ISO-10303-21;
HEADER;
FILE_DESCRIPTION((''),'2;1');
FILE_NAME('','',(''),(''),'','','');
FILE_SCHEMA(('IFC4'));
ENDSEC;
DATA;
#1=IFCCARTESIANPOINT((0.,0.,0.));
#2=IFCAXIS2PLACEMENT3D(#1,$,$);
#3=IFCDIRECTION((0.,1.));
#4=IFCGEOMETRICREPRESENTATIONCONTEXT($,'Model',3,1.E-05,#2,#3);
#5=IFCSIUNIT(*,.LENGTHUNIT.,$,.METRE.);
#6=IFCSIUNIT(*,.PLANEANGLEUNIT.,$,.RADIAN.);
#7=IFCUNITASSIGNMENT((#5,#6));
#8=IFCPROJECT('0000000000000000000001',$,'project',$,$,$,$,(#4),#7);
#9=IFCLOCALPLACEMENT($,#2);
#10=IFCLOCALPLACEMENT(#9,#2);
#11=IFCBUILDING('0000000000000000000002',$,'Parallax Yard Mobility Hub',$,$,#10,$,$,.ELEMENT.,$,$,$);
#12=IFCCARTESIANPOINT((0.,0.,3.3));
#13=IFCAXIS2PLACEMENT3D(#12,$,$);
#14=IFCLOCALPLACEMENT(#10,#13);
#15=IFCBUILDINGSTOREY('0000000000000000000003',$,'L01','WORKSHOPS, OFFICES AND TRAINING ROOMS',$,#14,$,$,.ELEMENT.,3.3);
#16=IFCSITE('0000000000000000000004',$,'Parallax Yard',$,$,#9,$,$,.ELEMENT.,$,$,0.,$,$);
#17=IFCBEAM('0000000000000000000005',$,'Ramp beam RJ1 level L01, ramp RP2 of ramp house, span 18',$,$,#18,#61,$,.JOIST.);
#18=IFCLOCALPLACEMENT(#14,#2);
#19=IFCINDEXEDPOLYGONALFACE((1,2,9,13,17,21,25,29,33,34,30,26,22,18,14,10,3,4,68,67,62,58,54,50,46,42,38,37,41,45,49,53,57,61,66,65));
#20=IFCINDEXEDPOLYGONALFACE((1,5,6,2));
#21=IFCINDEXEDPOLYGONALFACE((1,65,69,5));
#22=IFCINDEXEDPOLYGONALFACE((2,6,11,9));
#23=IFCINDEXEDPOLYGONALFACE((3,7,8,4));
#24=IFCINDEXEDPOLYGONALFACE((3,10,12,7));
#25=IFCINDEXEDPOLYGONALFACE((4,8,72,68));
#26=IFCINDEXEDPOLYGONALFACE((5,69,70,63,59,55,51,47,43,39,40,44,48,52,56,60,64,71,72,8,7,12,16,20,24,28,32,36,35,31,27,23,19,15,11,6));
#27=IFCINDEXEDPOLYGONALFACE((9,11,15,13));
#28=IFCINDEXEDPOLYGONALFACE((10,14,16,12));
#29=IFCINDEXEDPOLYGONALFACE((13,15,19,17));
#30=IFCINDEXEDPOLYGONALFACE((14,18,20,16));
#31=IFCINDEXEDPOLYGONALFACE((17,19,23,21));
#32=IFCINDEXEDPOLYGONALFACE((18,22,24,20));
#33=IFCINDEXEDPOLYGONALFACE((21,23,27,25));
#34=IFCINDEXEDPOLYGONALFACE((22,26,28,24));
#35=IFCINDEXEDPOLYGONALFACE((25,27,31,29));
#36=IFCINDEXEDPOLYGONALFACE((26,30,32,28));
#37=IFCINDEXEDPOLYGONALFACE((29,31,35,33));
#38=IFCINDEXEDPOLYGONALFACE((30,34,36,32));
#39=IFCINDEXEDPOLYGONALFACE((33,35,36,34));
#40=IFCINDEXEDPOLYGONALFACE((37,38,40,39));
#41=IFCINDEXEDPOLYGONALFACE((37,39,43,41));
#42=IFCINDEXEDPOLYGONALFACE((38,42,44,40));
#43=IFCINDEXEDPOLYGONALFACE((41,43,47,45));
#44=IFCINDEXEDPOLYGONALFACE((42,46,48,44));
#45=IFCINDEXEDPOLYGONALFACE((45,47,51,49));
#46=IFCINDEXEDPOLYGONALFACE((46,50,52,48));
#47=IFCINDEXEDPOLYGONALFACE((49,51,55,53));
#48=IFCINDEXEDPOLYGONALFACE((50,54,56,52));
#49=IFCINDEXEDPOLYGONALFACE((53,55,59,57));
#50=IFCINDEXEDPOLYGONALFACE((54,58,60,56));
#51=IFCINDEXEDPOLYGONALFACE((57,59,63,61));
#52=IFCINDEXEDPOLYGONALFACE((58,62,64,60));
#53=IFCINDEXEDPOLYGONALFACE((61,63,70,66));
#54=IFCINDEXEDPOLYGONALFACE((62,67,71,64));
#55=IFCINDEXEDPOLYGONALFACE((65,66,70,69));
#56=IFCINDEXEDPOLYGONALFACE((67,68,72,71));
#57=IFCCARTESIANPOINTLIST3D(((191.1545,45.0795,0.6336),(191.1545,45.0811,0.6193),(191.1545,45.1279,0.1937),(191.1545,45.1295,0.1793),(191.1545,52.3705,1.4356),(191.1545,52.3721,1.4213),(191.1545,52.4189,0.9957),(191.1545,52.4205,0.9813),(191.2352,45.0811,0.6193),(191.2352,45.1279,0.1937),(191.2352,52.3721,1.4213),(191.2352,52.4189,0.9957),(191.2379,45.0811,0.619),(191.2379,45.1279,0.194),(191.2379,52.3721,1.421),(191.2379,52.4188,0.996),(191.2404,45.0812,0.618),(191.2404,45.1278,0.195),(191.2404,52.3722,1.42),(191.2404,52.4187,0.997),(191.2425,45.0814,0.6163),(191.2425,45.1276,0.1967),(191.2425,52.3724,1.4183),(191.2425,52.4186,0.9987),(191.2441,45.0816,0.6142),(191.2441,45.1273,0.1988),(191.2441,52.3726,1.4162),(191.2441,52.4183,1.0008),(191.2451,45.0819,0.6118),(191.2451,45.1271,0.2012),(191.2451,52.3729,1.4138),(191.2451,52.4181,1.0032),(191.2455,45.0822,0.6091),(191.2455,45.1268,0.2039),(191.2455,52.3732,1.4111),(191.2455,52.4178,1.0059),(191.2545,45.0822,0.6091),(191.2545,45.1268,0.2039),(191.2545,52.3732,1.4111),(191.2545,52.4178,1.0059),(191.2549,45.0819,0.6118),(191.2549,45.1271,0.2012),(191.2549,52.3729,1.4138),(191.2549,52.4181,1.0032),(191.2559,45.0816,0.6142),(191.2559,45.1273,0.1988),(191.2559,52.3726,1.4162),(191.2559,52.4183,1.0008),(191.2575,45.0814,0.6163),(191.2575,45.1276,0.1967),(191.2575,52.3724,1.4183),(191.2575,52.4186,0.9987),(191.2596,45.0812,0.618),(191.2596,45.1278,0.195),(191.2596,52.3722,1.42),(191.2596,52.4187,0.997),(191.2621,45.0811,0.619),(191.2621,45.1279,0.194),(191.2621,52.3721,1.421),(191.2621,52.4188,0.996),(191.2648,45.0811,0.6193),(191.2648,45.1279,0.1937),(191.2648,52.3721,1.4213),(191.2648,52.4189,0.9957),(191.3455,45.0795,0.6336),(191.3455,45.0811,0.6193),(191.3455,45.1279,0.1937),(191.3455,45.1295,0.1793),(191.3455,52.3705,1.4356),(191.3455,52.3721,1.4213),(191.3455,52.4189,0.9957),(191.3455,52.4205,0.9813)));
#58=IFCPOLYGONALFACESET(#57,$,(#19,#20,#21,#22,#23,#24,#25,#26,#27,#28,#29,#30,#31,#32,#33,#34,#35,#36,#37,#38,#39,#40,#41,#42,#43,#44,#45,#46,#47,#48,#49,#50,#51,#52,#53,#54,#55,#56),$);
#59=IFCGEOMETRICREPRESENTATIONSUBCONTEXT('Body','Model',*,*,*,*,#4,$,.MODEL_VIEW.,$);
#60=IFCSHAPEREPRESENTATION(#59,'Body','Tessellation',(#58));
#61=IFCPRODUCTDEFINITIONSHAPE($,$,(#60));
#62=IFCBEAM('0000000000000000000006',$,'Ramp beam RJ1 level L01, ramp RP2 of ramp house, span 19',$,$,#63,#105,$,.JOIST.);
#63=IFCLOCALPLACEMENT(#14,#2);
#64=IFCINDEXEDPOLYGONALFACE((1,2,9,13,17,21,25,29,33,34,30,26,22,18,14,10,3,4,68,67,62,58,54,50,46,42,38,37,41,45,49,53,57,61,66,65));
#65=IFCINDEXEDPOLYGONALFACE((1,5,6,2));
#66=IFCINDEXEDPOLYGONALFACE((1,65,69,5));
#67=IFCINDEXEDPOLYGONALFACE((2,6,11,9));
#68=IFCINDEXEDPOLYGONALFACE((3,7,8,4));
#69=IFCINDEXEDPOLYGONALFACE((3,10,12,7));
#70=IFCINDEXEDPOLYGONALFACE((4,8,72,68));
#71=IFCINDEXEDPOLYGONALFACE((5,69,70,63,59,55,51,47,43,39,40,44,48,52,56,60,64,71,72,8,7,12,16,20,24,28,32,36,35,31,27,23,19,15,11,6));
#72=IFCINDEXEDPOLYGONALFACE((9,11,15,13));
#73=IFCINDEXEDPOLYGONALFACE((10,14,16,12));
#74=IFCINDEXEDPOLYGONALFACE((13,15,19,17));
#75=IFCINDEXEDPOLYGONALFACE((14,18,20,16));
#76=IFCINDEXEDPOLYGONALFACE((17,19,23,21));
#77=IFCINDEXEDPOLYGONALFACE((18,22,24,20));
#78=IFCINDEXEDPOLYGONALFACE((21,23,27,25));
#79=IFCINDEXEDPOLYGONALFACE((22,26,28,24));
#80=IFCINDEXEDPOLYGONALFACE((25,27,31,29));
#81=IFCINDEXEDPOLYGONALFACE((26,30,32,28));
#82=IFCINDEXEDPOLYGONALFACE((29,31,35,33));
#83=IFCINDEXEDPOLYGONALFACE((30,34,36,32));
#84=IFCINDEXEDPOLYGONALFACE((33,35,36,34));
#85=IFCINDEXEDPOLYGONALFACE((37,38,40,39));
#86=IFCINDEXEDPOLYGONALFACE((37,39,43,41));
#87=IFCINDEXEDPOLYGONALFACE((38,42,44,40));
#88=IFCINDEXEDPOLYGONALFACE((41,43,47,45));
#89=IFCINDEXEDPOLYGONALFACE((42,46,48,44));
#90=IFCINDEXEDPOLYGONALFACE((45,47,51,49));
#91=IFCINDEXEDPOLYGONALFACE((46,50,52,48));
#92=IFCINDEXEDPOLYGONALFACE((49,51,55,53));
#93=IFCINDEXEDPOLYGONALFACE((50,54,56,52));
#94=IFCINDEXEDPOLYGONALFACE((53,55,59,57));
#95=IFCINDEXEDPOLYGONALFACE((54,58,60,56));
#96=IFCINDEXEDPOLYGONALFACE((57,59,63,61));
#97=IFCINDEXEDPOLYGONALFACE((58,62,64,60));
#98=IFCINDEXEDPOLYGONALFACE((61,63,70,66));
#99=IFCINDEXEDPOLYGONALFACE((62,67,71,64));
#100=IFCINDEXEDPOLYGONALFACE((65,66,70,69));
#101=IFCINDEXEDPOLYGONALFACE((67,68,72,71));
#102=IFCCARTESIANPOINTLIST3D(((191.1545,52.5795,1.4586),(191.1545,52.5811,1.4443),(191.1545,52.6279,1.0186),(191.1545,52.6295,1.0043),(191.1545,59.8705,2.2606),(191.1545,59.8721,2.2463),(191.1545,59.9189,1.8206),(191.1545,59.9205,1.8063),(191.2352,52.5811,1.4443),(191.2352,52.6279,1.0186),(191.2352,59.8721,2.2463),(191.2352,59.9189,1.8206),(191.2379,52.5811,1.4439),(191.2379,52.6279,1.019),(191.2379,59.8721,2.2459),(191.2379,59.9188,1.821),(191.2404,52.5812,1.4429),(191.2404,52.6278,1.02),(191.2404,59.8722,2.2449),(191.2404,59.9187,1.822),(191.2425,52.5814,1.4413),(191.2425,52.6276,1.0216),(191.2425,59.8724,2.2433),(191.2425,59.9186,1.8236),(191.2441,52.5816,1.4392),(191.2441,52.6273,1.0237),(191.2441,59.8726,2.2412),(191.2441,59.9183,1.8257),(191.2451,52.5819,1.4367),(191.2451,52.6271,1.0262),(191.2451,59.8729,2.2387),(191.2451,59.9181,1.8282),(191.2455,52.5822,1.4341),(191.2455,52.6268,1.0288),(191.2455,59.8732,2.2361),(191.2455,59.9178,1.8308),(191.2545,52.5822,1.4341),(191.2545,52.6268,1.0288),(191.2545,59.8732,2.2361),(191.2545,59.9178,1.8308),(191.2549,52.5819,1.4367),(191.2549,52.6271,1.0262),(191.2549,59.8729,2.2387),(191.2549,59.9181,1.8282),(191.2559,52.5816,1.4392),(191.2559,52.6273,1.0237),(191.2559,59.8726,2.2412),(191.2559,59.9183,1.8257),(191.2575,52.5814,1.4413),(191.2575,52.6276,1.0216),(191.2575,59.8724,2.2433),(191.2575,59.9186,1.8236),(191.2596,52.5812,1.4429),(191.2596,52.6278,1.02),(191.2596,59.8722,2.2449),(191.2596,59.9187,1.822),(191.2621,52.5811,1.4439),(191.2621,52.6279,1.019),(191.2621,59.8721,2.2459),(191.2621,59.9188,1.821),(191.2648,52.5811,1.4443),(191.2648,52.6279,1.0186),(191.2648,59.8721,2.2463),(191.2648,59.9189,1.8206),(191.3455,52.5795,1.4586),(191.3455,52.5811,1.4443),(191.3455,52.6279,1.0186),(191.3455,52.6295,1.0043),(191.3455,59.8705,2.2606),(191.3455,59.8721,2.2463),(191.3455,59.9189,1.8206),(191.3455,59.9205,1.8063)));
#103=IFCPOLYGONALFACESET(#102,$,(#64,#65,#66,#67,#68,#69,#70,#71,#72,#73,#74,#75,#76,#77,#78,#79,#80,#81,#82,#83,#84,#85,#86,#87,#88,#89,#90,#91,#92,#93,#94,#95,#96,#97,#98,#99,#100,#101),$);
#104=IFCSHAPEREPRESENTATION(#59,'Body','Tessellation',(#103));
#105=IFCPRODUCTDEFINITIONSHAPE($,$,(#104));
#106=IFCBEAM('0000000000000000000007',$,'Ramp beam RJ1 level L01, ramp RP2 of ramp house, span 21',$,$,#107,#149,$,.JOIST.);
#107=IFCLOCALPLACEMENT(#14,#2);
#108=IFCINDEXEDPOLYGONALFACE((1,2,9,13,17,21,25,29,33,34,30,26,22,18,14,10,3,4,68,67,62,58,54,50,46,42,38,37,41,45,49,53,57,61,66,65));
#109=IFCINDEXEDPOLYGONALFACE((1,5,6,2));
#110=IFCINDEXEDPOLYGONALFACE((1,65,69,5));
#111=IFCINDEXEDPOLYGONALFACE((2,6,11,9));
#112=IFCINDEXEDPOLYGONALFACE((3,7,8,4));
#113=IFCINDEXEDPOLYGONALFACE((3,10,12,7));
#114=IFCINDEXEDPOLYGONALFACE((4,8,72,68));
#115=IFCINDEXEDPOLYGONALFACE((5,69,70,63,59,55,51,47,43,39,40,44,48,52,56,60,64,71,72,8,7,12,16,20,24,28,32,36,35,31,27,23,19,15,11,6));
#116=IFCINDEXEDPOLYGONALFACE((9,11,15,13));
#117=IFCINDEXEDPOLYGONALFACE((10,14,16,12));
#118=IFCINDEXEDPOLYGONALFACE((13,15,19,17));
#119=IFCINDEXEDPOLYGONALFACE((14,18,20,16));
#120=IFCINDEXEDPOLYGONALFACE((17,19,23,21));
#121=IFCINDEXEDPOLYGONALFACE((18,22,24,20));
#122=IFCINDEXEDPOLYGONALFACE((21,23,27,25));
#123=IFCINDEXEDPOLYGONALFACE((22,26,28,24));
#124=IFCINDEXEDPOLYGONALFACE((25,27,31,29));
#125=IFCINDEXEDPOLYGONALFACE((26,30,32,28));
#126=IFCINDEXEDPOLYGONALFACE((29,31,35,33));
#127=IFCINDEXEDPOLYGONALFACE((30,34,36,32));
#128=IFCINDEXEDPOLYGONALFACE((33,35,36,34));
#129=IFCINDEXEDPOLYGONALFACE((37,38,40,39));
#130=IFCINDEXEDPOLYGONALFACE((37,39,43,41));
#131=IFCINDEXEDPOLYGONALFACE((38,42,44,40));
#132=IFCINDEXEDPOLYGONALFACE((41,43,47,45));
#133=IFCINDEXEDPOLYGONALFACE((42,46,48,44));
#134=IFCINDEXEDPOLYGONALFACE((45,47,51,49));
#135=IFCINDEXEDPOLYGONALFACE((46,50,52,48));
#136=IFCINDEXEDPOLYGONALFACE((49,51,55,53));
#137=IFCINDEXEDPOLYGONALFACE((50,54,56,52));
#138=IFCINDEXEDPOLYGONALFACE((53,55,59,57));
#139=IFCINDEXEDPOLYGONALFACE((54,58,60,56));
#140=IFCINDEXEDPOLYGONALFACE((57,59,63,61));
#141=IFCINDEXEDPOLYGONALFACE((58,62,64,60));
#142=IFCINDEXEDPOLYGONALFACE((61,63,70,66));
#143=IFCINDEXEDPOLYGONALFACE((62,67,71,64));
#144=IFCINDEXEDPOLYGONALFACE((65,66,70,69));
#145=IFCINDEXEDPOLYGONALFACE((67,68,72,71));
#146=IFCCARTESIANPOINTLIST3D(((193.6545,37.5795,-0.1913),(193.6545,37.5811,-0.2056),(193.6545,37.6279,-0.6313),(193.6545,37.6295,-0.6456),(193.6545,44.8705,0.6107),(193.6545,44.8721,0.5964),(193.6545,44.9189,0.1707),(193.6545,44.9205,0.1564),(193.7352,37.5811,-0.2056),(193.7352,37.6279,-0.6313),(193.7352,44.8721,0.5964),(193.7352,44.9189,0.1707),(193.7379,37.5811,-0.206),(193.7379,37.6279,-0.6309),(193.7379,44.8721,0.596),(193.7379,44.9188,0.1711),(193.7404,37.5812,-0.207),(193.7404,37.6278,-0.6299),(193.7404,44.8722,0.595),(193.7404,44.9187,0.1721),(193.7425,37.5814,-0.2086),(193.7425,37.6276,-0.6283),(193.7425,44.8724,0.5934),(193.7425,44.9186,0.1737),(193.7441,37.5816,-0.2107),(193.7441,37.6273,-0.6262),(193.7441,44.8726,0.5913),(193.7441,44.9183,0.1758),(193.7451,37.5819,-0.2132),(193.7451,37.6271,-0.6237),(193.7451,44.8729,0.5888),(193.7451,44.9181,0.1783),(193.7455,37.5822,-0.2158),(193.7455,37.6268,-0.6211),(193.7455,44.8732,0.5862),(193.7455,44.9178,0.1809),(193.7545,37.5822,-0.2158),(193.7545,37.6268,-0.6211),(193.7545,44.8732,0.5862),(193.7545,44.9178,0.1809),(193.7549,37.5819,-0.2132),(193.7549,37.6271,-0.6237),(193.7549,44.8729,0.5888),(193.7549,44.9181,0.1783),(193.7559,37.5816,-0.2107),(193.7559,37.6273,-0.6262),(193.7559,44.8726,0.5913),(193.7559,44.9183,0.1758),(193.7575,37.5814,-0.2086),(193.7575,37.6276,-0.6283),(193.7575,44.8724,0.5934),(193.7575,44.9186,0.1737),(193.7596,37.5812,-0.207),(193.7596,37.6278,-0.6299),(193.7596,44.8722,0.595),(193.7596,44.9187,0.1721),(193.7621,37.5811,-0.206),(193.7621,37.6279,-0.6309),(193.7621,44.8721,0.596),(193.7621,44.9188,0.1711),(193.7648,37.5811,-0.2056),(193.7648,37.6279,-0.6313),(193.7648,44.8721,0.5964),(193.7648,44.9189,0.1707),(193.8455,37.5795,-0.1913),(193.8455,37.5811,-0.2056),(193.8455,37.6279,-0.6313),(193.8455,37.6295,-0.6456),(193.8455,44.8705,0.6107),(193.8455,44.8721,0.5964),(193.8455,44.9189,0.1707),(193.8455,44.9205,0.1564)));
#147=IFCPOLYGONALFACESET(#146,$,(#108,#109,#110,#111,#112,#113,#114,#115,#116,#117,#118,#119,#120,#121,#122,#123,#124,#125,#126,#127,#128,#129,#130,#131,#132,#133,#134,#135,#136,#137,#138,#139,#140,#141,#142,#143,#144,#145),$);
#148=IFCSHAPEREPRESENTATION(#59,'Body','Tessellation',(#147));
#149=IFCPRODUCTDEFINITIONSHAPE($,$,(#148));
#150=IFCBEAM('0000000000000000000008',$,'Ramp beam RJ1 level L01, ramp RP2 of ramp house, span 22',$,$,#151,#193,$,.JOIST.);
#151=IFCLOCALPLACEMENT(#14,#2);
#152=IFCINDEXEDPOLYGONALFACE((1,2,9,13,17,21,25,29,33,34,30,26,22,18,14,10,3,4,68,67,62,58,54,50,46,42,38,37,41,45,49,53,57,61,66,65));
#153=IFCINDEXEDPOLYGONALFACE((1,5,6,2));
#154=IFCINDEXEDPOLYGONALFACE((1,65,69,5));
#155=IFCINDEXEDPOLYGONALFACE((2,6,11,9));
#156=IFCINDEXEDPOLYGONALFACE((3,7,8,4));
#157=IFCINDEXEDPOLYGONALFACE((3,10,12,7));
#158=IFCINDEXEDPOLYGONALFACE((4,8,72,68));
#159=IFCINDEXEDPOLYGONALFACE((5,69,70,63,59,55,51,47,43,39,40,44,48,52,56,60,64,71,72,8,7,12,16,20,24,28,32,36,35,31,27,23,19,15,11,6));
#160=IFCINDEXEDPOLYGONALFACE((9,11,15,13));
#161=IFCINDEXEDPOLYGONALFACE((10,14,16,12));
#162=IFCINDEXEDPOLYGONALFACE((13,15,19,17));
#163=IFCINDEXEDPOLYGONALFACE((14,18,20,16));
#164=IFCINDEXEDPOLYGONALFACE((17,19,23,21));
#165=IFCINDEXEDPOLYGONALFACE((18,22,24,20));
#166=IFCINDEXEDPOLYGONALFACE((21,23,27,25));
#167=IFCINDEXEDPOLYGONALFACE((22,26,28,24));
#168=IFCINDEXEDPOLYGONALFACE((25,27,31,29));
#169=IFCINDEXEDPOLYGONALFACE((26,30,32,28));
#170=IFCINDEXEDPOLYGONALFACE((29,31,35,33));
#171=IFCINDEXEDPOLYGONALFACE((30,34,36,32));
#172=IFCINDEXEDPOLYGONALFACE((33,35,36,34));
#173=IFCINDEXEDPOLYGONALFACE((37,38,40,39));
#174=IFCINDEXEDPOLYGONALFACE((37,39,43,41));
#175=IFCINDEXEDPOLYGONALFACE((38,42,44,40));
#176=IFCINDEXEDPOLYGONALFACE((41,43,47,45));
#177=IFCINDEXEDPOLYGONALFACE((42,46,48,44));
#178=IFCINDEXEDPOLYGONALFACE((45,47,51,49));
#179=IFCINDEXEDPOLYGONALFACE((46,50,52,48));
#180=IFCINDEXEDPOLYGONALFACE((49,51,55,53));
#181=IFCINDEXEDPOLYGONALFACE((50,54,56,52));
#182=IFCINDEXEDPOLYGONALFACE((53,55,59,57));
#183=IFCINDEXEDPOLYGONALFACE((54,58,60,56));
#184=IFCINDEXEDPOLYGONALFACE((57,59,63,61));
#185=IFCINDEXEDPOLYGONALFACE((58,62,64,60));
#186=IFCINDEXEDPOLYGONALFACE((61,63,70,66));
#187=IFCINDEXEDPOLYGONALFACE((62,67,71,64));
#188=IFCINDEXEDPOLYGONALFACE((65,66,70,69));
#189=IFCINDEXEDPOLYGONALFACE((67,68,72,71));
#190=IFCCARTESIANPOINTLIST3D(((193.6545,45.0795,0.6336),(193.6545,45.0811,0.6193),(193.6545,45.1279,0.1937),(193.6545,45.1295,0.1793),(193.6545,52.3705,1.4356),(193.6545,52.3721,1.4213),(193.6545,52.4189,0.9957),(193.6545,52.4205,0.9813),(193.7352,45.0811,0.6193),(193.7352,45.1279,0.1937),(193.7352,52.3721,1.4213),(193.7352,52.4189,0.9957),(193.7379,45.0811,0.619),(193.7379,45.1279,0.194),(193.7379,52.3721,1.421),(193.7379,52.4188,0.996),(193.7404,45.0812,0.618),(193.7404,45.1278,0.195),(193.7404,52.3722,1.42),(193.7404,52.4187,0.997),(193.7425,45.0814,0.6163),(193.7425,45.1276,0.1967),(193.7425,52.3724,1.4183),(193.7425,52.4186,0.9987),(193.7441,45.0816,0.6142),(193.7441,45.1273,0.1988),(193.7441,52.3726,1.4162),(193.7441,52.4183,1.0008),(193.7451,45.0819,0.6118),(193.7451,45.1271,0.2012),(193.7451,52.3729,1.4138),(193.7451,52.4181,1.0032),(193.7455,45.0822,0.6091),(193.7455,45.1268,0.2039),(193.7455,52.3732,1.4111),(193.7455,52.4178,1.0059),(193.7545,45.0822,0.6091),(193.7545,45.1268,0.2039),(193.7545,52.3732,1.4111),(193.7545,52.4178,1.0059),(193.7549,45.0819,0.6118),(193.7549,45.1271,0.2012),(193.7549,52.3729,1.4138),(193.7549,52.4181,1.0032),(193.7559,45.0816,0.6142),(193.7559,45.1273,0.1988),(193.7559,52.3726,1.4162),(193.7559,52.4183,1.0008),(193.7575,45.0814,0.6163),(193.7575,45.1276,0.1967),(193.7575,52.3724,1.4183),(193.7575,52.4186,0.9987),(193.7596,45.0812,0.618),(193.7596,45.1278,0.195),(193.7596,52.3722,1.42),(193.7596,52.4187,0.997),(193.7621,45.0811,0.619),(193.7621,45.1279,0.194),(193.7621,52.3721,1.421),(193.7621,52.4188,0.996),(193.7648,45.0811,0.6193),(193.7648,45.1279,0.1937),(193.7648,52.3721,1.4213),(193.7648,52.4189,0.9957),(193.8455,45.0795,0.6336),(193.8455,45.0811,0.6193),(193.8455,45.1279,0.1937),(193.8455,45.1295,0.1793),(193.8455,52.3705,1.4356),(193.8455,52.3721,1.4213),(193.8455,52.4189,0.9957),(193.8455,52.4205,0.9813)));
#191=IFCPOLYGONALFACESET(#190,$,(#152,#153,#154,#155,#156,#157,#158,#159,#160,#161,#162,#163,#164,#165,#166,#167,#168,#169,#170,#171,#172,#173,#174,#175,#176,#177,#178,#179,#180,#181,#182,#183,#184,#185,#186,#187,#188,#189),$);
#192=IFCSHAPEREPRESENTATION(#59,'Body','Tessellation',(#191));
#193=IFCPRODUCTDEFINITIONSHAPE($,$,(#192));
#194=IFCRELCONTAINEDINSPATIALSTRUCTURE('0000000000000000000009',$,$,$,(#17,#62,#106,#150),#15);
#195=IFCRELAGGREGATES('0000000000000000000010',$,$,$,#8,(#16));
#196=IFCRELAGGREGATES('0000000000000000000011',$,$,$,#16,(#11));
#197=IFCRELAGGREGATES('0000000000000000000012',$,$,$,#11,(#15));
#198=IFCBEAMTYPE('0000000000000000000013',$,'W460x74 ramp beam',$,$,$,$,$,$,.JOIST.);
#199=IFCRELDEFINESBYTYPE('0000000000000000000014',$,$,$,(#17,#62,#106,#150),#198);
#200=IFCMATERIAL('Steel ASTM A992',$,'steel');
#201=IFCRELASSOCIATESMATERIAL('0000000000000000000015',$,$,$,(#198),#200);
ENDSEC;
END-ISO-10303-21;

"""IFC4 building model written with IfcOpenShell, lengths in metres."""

from ifc_helpers import new_model, si_unit, direction, frame, origin, origin_2d, place, context, subcontext, project, spatial, i_section, extrude, material, material_profile, profile_set, type_object, element, save


model = new_model("IFC4")

# Units and contexts
model_context = context("Model", 3, precision=1e-05, world=origin(), true_north=direction((0.0, 1.0)))
body_context = subcontext(model_context, "Body", "Model", "MODEL_VIEW")
ifc_project = project(units=[si_unit("LENGTHUNIT", "METRE"), si_unit("PLANEANGLEUNIT", "RADIAN")], contexts=[model_context])

# Site, building, storey
site_placement = place(None, origin())
site = spatial("IfcSite", under=ifc_project, at=site_placement, Name="Parallax Yard", CompositionType="ELEMENT", RefElevation=0.0)
building_placement = place(site_placement, origin())
building = spatial("IfcBuilding", under=site, at=building_placement, Name="Parallax Yard Mobility Hub", CompositionType="ELEMENT")
storey_placement = place(building_placement, frame((0.0, 0.0, 3.3)))
storey = spatial("IfcBuildingStorey", under=building, at=storey_placement, Name="L01", Description="WORKSHOPS, OFFICES AND TRAINING ROOMS", CompositionType="ELEMENT", Elevation=3.3)

# Shared definitions
ifc_material_1 = material(Name="Steel ASTM A992", Category="steel")

# Beams
ifc_material_profile_1 = material_profile(ifc_material_1, i_section(OverallWidth=0.1909, OverallDepth=0.457, WebThickness=0.009, FlangeThickness=0.0144, FilletRadius=0.0103, at=origin_2d()), Name="W460x74")
ifc_profile_set_1 = profile_set([ifc_material_profile_1], Name="Steel ASTM A992")
beam_type_1 = type_object("IfcBeamType", Name="W460x74 ramp beam", PredefinedType="JOIST", material=ifc_profile_set_1)
for number, where, z_axis, x_axis, name in (
    (1, (191.25, 45.1045, 0.4065), (0.0, 0.994005, 0.109339), (-1.0, 0.0, 0.0), "Ramp beam RJ1 level L01, ramp RP2 of ramp house, span 18"),
    (2, (191.25, 52.6045, 1.2314), (0.0, 0.994005, 0.109339), (-1.0, 0.0, 0.0), "Ramp beam RJ1 level L01, ramp RP2 of ramp house, span 19"),
    (3, (193.75, 37.6045, -0.4185), (0.0, 0.994005, 0.109339), (-1.0, 0.0, 0.0), "Ramp beam RJ1 level L01, ramp RP2 of ramp house, span 21"),
    (4, (193.75, 45.1045, 0.4065), (0.0, 0.994005, 0.109339), (-1.0, 0.0, 0.0), "Ramp beam RJ1 level L01, ramp RP2 of ramp house, span 22"),
):
    element("IfcBeam", number, at=place(storey_placement, frame(where, z_axis=z_axis, x_axis=x_axis)), inside=storey, type_object=beam_type_1, Name=name, PredefinedType="JOIST", context=body_context, shape_type="SweptSolid", body=[
        extrude(i_section(OverallWidth=0.1909, OverallDepth=0.457, WebThickness=0.009, FlangeThickness=0.0144, FilletRadius=0.0103, at=origin_2d()), origin(), (0.0, 0.0, 1.0), 7.335),
    ])

save(model, "model.ifc")
